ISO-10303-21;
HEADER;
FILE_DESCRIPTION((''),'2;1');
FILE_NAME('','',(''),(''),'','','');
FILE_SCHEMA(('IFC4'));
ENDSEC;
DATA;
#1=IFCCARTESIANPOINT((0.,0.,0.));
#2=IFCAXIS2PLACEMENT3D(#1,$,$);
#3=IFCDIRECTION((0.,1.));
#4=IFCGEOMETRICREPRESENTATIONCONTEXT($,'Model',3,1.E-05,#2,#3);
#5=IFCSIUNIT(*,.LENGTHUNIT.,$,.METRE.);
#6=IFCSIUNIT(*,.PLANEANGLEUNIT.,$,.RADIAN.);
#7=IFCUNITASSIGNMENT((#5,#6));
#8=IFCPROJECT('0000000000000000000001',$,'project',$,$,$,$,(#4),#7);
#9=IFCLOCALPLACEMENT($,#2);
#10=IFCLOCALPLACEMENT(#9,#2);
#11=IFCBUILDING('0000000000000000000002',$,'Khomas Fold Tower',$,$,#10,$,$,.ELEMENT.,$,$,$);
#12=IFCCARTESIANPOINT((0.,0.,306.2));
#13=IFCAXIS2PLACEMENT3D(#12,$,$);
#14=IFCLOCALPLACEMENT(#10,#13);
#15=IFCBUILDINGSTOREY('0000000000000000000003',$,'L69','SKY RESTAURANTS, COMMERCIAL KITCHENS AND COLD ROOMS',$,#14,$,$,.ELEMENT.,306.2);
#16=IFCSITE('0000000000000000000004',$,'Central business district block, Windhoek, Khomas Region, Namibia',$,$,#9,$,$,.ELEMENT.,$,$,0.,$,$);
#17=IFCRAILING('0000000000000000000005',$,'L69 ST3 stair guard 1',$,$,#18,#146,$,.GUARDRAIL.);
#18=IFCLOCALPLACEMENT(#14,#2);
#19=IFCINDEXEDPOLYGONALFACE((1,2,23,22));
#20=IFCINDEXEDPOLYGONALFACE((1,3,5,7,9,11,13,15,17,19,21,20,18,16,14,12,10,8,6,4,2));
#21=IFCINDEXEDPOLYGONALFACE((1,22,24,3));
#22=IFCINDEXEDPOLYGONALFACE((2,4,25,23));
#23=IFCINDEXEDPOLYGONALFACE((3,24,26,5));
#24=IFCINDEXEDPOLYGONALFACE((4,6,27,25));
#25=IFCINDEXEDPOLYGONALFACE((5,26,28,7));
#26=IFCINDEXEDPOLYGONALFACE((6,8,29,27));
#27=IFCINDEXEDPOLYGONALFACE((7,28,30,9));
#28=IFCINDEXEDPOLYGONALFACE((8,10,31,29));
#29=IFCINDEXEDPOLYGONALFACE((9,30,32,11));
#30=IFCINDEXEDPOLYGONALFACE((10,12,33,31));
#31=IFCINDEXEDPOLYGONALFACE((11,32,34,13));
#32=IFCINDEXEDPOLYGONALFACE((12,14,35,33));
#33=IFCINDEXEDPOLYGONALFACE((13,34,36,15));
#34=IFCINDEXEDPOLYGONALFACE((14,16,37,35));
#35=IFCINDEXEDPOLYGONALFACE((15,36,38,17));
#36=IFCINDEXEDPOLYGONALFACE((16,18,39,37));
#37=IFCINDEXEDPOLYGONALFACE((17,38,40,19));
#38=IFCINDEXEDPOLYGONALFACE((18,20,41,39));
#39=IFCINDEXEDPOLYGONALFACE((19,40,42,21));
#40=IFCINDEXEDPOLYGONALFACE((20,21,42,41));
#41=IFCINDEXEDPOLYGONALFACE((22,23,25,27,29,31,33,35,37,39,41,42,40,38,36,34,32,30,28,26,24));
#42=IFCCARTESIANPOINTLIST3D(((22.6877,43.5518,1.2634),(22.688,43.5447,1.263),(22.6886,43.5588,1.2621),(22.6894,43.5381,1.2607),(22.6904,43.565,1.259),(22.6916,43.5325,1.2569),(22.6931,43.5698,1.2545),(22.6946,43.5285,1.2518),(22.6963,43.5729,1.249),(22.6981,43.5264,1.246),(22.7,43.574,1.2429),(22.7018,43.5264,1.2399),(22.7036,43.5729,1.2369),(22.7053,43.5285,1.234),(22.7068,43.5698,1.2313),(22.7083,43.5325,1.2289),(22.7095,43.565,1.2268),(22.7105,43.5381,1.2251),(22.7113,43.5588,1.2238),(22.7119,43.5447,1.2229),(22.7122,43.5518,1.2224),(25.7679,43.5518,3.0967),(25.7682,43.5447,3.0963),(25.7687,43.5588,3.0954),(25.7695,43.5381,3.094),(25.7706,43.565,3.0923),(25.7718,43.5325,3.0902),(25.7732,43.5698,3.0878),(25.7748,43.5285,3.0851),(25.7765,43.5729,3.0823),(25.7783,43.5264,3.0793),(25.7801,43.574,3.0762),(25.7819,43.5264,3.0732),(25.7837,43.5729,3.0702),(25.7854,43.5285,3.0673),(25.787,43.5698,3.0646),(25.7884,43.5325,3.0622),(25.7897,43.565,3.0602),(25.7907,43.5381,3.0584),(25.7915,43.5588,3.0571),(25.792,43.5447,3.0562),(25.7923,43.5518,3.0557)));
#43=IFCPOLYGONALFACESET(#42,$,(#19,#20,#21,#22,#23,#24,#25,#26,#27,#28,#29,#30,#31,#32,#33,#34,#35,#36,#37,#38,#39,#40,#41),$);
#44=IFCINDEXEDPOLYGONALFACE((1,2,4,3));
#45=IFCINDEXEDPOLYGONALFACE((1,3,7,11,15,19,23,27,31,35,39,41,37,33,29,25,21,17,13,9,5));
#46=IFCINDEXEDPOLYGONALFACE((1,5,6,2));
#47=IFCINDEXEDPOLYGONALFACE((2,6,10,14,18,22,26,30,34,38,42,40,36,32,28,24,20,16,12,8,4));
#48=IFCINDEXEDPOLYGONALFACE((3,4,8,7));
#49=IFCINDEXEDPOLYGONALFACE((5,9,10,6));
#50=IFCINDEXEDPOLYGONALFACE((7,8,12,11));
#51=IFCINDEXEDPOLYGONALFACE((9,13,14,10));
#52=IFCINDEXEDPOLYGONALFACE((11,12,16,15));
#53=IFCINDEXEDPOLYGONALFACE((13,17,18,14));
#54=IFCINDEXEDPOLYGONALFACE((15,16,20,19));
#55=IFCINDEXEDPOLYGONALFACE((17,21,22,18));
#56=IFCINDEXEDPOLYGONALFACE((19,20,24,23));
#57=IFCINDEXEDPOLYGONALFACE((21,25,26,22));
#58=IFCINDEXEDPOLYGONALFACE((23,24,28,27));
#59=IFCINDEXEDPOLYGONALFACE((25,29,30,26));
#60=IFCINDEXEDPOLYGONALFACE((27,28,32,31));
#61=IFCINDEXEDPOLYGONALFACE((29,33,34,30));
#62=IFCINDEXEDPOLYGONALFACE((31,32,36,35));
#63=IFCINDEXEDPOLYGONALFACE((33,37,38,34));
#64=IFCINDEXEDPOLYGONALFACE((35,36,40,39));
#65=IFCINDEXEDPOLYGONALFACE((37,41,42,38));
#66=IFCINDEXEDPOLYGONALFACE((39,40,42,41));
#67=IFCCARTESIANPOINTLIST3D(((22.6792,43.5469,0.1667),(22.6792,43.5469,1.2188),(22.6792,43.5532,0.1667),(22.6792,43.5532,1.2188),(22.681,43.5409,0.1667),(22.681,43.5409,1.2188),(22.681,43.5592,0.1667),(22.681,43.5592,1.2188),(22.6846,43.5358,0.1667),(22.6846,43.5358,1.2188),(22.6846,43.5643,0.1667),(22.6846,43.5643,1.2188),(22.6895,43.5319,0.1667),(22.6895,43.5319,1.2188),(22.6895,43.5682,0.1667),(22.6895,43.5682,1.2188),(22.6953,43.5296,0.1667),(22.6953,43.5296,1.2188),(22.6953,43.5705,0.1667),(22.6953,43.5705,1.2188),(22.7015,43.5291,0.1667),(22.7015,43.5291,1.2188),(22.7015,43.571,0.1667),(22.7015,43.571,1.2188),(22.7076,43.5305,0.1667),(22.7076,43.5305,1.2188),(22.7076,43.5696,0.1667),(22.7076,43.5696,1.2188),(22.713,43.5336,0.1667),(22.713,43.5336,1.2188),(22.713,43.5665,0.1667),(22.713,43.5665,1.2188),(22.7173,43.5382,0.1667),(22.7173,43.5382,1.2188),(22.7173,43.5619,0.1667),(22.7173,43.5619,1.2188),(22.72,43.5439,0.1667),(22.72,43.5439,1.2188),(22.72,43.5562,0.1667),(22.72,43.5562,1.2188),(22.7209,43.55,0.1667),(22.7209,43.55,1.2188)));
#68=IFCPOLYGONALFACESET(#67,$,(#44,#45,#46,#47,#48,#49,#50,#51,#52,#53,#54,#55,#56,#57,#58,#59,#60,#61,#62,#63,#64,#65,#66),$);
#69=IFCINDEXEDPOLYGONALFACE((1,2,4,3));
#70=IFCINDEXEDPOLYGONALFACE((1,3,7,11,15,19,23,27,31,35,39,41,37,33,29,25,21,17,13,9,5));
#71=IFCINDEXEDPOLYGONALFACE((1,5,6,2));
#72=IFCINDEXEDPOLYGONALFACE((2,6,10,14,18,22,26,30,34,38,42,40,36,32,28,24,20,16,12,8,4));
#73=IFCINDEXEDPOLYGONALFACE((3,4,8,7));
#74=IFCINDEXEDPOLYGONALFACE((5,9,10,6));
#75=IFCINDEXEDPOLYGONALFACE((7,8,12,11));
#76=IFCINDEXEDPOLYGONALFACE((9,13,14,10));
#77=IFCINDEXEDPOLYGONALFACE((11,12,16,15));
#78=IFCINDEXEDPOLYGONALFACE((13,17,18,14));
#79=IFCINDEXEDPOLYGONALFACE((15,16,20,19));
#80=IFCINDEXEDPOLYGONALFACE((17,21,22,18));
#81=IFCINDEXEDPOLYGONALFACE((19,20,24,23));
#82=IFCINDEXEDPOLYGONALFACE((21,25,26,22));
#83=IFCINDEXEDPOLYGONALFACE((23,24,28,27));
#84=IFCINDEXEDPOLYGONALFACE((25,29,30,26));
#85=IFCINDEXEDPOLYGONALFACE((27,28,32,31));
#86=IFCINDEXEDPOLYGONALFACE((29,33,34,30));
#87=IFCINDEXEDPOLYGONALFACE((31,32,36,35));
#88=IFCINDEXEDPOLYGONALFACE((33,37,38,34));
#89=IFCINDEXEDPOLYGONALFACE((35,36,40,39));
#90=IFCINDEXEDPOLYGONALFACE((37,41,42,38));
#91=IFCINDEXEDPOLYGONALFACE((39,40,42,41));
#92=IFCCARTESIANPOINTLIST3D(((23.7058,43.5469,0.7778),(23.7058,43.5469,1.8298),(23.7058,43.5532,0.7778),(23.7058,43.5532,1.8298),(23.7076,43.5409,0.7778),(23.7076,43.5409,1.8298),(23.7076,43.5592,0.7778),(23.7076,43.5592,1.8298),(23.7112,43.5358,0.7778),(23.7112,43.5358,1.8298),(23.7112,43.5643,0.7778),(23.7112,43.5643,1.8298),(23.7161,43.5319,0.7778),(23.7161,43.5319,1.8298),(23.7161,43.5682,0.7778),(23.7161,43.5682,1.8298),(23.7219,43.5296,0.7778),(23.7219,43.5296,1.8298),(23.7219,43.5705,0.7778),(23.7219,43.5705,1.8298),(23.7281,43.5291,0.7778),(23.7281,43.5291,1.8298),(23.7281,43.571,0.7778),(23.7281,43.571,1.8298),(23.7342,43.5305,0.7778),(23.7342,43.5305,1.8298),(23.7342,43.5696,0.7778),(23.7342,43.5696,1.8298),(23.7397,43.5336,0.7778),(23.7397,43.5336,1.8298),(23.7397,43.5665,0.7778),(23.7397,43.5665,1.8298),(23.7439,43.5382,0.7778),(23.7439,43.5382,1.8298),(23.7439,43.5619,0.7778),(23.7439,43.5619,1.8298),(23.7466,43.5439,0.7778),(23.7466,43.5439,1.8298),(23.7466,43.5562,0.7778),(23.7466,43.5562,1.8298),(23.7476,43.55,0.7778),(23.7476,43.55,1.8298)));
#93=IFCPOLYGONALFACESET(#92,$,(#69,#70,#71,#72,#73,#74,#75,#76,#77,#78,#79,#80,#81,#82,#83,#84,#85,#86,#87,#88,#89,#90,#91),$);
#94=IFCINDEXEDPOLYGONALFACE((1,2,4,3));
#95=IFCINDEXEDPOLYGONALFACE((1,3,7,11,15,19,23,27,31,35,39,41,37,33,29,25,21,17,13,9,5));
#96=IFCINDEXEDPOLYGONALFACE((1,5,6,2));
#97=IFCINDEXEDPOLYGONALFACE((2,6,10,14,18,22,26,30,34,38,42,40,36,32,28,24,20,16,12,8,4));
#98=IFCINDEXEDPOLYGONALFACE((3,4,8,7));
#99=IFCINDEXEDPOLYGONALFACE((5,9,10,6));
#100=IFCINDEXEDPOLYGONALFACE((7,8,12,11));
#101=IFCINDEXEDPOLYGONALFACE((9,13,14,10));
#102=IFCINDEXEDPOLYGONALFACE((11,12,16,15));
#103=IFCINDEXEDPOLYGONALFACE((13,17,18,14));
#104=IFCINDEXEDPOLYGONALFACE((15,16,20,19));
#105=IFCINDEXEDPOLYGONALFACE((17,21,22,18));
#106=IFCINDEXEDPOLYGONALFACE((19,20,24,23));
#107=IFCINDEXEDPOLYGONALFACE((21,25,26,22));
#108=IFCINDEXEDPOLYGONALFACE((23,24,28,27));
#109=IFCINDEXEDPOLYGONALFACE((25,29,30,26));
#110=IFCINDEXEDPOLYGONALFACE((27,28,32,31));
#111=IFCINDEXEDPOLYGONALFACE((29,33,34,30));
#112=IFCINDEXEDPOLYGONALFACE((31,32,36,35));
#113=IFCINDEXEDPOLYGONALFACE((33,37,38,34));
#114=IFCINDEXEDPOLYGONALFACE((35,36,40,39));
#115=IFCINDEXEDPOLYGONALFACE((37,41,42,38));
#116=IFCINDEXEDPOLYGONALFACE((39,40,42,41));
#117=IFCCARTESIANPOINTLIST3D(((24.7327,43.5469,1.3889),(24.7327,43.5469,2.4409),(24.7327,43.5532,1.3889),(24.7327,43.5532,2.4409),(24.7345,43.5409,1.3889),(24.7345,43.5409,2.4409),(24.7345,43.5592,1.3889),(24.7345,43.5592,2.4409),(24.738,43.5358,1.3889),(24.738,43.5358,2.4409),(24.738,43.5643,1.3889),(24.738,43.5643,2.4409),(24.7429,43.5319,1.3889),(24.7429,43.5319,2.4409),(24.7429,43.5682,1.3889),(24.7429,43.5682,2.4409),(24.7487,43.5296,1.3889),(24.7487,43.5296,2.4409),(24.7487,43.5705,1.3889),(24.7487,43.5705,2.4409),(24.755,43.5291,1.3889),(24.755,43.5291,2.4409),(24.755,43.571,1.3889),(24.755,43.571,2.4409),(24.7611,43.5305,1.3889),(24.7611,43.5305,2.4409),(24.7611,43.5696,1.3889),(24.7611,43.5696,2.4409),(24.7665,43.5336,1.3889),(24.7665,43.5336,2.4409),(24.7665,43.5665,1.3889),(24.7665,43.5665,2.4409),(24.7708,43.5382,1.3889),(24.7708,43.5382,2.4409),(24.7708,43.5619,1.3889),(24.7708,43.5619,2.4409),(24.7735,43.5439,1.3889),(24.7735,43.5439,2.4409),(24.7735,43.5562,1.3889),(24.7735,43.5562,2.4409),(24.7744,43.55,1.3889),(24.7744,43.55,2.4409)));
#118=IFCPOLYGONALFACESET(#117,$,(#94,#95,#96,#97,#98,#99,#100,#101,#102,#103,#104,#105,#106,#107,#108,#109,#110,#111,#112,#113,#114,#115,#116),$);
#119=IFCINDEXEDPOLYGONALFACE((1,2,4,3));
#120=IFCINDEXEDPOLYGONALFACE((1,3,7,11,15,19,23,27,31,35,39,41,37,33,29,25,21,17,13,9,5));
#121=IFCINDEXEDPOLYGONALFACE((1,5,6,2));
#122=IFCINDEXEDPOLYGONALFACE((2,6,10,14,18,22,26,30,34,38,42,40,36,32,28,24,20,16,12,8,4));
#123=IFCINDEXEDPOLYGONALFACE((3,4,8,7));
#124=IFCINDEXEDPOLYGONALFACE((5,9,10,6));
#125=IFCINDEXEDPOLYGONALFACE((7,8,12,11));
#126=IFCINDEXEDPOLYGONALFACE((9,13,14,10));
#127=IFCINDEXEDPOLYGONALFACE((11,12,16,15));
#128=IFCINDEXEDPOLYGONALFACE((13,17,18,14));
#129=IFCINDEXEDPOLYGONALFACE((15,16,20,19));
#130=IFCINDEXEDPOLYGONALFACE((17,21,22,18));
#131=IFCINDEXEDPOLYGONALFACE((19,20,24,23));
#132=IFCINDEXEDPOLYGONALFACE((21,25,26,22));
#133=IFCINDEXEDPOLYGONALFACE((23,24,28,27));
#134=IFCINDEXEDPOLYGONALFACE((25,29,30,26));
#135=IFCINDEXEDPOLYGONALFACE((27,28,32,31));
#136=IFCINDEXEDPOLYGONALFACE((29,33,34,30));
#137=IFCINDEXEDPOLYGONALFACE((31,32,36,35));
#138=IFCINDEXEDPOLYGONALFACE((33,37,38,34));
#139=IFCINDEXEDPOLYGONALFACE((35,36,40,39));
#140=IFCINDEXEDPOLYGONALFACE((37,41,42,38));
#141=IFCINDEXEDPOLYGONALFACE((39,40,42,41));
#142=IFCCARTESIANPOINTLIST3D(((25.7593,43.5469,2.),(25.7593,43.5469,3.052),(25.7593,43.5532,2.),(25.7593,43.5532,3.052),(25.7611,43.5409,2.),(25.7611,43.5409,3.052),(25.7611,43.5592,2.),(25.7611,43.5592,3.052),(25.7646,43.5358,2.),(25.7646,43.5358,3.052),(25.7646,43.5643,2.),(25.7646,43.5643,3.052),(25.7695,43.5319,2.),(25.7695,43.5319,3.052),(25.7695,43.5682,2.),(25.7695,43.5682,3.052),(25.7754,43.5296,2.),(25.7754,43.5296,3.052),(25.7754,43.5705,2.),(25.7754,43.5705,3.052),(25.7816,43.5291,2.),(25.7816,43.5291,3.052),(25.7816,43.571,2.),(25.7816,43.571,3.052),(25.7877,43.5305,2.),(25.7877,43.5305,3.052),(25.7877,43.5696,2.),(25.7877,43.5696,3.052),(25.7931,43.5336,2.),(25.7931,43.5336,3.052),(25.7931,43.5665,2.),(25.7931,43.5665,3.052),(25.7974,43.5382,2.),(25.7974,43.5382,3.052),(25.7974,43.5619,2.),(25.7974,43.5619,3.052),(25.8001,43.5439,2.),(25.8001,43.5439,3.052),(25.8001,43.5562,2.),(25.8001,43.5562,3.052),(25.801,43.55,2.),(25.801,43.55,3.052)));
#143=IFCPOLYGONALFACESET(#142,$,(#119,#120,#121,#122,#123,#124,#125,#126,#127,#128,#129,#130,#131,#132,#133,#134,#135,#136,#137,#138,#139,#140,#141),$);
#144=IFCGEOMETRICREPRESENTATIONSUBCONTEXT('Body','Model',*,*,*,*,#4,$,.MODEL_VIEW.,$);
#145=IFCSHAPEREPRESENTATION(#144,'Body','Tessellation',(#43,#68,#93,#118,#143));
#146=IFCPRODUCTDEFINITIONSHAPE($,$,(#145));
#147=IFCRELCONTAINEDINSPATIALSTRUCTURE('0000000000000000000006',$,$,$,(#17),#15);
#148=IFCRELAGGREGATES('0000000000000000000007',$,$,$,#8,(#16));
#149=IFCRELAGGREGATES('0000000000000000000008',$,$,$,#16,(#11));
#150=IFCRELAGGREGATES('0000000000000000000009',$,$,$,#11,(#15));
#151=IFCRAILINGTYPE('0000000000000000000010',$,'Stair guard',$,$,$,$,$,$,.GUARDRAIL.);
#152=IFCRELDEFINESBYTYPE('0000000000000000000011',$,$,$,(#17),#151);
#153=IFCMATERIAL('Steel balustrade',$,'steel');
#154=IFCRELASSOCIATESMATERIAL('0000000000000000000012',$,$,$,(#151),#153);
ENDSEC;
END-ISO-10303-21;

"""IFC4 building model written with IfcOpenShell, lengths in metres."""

from ifc_helpers import new_model, si_unit, direction, frame, origin, origin_2d, place, context, subcontext, project, spatial, circle, extrude, source, transform, mapped, material, type_object, element, save


model = new_model("IFC4")

# Units and contexts
model_context = context("Model", 3, precision=1e-05, world=origin(), true_north=direction((0.0, 1.0)))
body_context = subcontext(model_context, "Body", "Model", "MODEL_VIEW")
ifc_project = project(units=[si_unit("LENGTHUNIT", "METRE"), si_unit("PLANEANGLEUNIT", "RADIAN")], contexts=[model_context])

# Site, building, storey
site_placement = place(None, origin())
site = spatial("IfcSite", under=ifc_project, at=site_placement, Name="Central business district block, Windhoek, Khomas Region, Namibia", CompositionType="ELEMENT", RefElevation=0.0)
building_placement = place(site_placement, origin())
building = spatial("IfcBuilding", under=site, at=building_placement, Name="Khomas Fold Tower", CompositionType="ELEMENT")
storey_placement = place(building_placement, frame((0.0, 0.0, 306.2)))
storey = spatial("IfcBuildingStorey", under=building, at=storey_placement, Name="L69", Description="SKY RESTAURANTS, COMMERCIAL KITCHENS AND COLD ROOMS", CompositionType="ELEMENT", Elevation=306.2)

# Railing
ifc_material_1 = material(Name="Steel balustrade", Category="steel")
railing_type_1 = type_object("IfcRailingType", Name="Stair guard", PredefinedType="GUARDRAIL", material=ifc_material_1)
shared_shape_1 = source(origin(), body_context, "Body", "SweptSolid", [
    extrude(circle(Radius=0.0239, at=origin_2d()), frame((0.0, 0.0, 1.0762), z_axis=(0.859309, 0.0, 0.511458), x_axis=(0.0, 1.0, 0.0)), (0.0, 0.0, 1.0), 3.5845),
    extrude(circle(Radius=0.021, at=origin_2d()), origin(), (0.0, 0.0, 1.0), 1.052),
    extrude(circle(Radius=0.021, at=origin_2d()), frame((1.0266, 0.0, 0.6111)), (0.0, 0.0, 1.0), 1.052),
    extrude(circle(Radius=0.021, at=origin_2d()), frame((2.0535, 0.0, 1.2222)), (0.0, 0.0, 1.0), 1.052),
    extrude(circle(Radius=0.021, at=origin_2d()), frame((3.0801, 0.0, 1.8333)), (0.0, 0.0, 1.0), 1.052),
])
railing_1_placement = place(storey_placement, frame((22.7, 43.55, 0.1667)))
element("IfcRailing", 1, at=railing_1_placement, inside=storey, type_object=railing_type_1, Name="L69 ST3 stair guard 1", PredefinedType="GUARDRAIL", context=body_context, shape_type="MappedRepresentation", body=[
    mapped(shared_shape_1, transform((0.0, 0.0, 0.0))),
])

save(model, "model.ifc")
